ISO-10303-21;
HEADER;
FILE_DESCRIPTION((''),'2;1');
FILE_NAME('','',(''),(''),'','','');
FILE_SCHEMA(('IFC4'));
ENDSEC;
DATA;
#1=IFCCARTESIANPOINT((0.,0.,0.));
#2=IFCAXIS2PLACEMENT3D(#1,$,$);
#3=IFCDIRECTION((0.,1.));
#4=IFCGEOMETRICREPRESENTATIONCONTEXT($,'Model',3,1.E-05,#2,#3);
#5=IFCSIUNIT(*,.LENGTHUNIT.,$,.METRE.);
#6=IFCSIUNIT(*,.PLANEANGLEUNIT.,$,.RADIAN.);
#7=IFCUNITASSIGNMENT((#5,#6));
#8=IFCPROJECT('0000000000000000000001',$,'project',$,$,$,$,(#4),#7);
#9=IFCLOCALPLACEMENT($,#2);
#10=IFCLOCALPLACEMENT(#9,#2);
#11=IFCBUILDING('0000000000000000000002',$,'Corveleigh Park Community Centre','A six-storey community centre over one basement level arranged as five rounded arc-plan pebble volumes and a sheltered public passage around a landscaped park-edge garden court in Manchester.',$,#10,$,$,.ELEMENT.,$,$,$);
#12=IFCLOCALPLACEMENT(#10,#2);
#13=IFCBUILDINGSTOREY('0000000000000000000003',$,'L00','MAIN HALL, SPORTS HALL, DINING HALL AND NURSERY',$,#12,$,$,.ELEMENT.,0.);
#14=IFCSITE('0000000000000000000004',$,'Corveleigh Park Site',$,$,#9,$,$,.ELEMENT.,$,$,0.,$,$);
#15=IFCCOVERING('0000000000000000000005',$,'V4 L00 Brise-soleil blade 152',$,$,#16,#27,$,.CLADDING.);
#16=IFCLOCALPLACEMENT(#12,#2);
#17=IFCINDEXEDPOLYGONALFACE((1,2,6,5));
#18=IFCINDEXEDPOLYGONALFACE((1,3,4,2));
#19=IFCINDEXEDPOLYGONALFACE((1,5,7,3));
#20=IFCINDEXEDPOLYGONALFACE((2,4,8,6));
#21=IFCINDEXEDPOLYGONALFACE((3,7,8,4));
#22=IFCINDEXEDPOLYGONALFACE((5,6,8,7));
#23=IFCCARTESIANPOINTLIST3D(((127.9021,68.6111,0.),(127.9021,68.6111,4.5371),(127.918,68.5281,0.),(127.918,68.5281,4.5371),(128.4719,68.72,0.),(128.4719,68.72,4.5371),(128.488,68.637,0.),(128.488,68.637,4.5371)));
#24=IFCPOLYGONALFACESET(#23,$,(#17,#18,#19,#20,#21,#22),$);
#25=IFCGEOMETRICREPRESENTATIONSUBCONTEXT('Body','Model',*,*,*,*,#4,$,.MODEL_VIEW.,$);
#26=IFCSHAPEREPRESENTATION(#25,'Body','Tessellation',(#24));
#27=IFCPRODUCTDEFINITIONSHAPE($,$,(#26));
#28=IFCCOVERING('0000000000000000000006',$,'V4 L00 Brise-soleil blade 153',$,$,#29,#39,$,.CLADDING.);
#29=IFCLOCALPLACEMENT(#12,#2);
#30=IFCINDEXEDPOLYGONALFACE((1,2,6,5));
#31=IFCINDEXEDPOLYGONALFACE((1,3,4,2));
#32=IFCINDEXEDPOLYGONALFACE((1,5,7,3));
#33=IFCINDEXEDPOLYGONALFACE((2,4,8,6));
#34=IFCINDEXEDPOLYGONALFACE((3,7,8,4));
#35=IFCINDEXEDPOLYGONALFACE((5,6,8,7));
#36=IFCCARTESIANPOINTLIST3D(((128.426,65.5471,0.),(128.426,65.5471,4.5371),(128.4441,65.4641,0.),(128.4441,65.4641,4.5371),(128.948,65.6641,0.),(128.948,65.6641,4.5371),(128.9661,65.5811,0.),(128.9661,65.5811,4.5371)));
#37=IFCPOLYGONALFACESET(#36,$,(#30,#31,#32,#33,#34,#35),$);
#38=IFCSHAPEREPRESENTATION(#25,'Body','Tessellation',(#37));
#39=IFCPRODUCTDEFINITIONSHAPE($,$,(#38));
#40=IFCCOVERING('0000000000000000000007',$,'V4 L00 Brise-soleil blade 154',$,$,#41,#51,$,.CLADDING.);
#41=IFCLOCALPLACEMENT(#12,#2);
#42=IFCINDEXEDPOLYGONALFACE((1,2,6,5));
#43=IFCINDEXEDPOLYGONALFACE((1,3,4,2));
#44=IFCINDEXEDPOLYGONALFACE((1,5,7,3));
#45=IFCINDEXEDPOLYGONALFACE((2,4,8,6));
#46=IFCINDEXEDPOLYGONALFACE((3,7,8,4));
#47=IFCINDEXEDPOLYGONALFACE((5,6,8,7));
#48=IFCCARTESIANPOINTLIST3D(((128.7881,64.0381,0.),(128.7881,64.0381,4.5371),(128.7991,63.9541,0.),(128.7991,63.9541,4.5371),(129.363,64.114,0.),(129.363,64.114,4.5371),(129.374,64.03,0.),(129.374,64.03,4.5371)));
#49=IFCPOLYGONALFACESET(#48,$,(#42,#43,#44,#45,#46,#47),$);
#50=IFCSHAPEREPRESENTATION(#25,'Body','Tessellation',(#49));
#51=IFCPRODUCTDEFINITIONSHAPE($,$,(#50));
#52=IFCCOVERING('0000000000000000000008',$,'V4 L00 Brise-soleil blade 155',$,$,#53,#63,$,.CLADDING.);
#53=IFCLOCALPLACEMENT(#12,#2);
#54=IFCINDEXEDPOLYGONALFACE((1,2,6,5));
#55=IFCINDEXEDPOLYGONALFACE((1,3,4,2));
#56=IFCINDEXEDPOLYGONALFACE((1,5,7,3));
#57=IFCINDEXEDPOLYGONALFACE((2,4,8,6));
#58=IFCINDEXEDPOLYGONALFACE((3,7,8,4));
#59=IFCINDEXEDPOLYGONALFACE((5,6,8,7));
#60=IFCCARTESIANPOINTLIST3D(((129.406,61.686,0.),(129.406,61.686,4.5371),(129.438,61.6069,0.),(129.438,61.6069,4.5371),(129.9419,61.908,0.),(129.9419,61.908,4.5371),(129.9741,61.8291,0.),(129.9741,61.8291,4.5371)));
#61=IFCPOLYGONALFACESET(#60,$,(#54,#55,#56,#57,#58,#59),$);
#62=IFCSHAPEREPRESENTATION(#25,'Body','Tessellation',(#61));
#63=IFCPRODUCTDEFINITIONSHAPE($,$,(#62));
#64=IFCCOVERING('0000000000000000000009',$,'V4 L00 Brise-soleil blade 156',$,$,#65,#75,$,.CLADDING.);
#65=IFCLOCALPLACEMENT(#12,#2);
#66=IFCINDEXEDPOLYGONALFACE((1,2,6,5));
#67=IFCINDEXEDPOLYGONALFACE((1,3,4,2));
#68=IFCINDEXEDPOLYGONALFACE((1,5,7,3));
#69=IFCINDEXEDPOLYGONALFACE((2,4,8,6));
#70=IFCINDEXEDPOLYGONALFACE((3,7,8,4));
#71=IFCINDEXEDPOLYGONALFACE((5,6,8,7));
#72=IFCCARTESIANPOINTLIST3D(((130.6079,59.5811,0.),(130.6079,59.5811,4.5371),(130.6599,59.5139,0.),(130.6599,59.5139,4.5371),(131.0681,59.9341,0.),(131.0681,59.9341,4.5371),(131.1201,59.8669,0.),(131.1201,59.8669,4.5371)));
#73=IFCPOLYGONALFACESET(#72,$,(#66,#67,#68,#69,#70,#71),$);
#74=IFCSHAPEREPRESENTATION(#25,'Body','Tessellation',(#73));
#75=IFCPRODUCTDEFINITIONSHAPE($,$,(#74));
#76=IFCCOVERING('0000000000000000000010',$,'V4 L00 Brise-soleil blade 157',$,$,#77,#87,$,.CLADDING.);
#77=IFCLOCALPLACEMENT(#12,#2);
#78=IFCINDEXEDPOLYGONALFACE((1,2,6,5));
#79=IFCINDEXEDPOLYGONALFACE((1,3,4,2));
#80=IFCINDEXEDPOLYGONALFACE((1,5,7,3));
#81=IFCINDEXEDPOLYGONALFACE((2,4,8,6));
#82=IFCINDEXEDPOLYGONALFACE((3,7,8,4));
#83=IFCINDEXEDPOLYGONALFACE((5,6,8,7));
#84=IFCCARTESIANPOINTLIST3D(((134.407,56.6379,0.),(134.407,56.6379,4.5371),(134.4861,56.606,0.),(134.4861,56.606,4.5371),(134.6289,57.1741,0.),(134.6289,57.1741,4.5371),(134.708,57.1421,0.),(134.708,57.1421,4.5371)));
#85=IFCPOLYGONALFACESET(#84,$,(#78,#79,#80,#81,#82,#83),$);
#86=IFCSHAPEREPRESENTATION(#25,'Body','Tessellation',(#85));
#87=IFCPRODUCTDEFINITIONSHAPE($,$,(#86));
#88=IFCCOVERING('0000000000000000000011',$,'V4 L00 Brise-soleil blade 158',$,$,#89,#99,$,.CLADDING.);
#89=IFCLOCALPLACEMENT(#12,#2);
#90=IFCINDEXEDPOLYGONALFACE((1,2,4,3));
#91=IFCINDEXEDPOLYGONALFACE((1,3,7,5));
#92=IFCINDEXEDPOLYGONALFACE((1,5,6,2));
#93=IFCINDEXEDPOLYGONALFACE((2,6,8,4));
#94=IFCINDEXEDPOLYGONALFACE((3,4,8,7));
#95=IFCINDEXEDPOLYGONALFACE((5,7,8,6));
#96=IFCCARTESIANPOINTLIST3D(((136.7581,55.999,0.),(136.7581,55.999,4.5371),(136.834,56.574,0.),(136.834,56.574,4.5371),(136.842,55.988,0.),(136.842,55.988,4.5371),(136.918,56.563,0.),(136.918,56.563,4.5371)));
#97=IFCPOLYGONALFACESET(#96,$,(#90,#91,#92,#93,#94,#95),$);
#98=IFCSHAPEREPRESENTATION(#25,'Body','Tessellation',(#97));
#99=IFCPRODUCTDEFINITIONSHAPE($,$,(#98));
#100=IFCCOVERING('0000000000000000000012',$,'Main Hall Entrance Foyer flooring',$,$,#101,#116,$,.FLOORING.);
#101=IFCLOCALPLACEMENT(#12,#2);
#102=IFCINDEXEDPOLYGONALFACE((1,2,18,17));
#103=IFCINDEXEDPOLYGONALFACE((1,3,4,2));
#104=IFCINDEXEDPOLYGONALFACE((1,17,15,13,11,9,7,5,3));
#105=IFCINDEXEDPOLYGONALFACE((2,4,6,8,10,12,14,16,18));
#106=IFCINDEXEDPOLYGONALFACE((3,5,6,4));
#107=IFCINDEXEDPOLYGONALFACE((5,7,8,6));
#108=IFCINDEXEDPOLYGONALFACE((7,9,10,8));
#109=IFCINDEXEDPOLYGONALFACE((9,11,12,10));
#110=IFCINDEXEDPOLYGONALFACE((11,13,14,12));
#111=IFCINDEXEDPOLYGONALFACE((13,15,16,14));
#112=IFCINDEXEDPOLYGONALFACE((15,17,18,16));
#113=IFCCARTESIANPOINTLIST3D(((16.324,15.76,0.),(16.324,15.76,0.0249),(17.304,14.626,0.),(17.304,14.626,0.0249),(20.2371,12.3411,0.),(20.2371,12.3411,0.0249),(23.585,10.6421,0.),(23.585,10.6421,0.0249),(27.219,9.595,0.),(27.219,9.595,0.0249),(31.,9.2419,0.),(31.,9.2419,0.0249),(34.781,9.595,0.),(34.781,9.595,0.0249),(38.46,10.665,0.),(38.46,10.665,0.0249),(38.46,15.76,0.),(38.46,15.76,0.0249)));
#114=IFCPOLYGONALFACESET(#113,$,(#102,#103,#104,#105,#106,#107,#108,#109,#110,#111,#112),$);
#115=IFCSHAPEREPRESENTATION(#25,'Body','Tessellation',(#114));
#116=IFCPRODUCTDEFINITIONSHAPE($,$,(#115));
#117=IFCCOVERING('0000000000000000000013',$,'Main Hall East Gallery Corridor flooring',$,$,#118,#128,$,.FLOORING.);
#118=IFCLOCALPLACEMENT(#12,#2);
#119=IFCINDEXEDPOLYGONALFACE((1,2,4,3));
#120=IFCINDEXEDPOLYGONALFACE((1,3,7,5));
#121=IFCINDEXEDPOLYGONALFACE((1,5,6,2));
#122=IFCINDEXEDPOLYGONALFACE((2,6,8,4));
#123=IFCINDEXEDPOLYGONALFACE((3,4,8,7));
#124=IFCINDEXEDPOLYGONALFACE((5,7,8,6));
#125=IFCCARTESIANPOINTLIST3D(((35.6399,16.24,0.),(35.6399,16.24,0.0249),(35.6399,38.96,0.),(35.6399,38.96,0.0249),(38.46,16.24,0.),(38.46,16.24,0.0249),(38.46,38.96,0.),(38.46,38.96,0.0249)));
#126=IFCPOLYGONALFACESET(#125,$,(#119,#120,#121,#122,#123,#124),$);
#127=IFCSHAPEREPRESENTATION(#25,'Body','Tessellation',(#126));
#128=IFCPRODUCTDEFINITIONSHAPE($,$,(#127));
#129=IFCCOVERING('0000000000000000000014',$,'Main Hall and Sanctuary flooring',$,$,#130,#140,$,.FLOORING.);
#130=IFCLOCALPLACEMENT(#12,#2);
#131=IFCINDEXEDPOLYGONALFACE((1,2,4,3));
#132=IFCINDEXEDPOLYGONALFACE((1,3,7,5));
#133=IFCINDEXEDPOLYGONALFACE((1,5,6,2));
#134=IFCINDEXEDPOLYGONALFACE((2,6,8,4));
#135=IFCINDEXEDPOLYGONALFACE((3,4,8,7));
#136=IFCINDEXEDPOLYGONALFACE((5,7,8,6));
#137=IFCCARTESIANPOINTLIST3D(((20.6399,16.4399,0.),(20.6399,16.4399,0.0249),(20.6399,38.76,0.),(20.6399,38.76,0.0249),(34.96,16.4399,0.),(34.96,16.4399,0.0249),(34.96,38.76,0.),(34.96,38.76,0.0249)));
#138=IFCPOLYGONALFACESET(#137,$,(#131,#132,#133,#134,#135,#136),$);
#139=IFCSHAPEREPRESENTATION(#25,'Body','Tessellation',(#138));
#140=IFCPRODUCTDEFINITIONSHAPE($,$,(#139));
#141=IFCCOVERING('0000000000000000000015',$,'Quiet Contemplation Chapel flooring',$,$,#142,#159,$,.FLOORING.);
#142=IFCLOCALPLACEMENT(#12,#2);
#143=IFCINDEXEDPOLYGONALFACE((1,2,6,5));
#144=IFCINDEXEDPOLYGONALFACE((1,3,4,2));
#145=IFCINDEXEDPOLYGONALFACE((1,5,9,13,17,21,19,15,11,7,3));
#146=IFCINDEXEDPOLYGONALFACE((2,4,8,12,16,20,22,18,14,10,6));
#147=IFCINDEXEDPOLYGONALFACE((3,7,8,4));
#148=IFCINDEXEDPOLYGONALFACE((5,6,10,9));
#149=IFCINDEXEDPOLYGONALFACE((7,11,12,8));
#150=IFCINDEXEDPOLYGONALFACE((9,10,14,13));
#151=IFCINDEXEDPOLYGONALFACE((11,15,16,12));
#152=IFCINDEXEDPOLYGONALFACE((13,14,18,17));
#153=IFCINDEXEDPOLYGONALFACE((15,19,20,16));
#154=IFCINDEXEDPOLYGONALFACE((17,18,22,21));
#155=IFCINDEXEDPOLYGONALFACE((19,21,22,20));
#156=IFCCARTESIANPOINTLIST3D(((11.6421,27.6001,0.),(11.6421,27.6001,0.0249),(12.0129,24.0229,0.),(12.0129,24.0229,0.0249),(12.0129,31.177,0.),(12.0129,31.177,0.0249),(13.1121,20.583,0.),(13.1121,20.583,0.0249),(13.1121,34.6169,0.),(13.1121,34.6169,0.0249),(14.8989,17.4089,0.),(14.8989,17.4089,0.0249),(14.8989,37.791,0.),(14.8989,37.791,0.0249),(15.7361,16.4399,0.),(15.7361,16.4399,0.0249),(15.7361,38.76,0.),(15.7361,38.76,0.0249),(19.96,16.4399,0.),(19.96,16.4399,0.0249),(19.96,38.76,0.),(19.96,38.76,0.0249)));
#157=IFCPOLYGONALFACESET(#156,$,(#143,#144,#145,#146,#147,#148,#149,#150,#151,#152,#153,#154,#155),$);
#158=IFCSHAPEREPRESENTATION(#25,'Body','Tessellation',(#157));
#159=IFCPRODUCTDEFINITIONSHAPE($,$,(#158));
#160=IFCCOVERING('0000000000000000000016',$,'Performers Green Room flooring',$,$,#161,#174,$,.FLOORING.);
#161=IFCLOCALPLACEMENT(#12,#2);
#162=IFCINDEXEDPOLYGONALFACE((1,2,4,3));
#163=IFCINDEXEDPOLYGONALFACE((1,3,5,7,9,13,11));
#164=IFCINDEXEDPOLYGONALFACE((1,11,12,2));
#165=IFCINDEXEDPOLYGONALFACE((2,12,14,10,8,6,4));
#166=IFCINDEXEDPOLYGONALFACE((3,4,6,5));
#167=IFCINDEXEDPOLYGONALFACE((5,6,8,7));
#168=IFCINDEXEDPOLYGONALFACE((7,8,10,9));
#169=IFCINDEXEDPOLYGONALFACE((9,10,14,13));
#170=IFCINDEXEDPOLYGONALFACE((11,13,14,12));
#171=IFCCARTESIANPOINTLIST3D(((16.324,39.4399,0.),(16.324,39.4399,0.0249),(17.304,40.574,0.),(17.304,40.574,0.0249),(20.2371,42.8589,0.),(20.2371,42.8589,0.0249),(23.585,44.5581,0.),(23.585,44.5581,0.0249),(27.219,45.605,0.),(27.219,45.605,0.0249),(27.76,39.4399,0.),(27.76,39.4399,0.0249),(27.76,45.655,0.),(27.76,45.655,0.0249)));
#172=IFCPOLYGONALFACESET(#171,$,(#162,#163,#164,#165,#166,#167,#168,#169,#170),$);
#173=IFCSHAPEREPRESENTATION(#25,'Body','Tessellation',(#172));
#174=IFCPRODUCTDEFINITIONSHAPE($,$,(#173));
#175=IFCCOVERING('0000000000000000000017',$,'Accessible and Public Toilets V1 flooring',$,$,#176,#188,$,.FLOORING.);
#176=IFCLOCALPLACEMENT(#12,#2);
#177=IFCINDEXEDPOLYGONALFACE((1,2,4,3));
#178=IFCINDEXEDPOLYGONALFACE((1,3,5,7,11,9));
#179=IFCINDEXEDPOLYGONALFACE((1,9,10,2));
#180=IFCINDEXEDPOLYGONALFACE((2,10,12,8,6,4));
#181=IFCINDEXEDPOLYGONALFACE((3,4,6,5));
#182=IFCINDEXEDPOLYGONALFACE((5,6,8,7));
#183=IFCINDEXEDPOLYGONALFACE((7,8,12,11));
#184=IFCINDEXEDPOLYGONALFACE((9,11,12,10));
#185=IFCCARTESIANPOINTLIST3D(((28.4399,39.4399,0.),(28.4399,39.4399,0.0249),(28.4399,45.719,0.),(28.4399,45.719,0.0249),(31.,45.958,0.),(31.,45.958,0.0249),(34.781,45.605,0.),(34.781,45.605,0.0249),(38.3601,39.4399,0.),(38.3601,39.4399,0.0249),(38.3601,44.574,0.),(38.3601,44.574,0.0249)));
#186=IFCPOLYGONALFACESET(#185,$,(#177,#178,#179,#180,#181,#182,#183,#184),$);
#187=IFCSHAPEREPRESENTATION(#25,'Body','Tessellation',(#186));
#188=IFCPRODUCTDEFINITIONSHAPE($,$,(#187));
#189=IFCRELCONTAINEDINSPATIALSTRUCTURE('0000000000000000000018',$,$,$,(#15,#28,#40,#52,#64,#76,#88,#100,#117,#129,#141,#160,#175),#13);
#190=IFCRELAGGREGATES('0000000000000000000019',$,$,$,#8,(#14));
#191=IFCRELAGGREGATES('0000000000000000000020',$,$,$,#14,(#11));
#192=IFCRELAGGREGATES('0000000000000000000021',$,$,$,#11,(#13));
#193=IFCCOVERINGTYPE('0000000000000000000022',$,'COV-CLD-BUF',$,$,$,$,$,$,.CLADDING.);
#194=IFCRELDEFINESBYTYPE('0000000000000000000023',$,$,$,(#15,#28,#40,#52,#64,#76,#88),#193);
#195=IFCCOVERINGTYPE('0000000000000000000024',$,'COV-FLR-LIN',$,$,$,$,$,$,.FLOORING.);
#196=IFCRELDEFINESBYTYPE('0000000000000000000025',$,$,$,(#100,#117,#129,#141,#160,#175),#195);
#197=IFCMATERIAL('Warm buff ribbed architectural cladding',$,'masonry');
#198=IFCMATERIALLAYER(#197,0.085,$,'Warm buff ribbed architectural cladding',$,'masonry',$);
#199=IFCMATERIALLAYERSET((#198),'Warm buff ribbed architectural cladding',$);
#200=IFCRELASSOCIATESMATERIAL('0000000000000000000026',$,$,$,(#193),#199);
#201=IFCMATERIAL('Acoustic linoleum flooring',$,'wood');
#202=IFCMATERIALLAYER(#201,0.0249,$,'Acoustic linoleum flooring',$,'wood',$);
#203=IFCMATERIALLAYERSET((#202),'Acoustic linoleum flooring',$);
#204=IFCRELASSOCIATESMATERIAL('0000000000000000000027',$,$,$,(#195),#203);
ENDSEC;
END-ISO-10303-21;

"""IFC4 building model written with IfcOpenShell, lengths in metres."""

from ifc_helpers import new_model, si_unit, direction, origin, place, context, subcontext, project, spatial, polyline, outline, extrude, material, layer, layer_set, type_object, element, save


model = new_model("IFC4")

# Units and contexts
model_context = context("Model", 3, precision=1e-05, world=origin(), true_north=direction((0.0, 1.0)))
body_context = subcontext(model_context, "Body", "Model", "MODEL_VIEW")
ifc_project = project(units=[si_unit("LENGTHUNIT", "METRE"), si_unit("PLANEANGLEUNIT", "RADIAN")], contexts=[model_context])

# Site, building, storey
site_placement = place(None, origin())
site = spatial("IfcSite", under=ifc_project, at=site_placement, Name="Corveleigh Park Site", CompositionType="ELEMENT", RefElevation=0.0)
building_placement = place(site_placement, origin())
building = spatial("IfcBuilding", under=site, at=building_placement, Name="Corveleigh Park Community Centre", Description="A six-storey community centre over one basement level arranged as five rounded arc-plan pebble volumes and a sheltered public passage around a landscaped park-edge garden court in Manchester.", CompositionType="ELEMENT")
storey_placement = place(building_placement, origin())
storey = spatial("IfcBuildingStorey", under=building, at=storey_placement, Name="L00", Description="MAIN HALL, SPORTS HALL, DINING HALL AND NURSERY", CompositionType="ELEMENT", Elevation=0.0)

# Coverings
ifc_material_1 = material(Name="Warm buff ribbed architectural cladding", Category="masonry")
ifc_layer_1 = layer(ifc_material_1, 0.085, Name="Warm buff ribbed architectural cladding", Category="masonry")
ifc_layer_set_1 = layer_set([ifc_layer_1], Name="Warm buff ribbed architectural cladding")
covering_type_1 = type_object("IfcCoveringType", Name="COV-CLD-BUF", PredefinedType="CLADDING", material=ifc_layer_set_1)
covering_1_placement = place(storey_placement, origin())
element("IfcCovering", 1, at=covering_1_placement, inside=storey, type_object=covering_type_1, Name="V4 L00 Brise-soleil blade 152", PredefinedType="CLADDING", context=body_context, shape_type="SweptSolid", body=[
    extrude(outline(polyline([(128.488, 68.637), (128.4719, 68.72), (127.9021, 68.6111), (127.918, 68.5281), (128.488, 68.637)])), origin(), (0.0, 0.0, 1.0), 4.5371),
])
covering_2_placement = place(storey_placement, origin())
element("IfcCovering", 2, at=covering_2_placement, inside=storey, type_object=covering_type_1, Name="V4 L00 Brise-soleil blade 153", PredefinedType="CLADDING", context=body_context, shape_type="SweptSolid", body=[
    extrude(outline(polyline([(128.9661, 65.5811), (128.948, 65.6641), (128.426, 65.5471), (128.4441, 65.4641), (128.9661, 65.5811)])), origin(), (0.0, 0.0, 1.0), 4.5371),
])
covering_3_placement = place(storey_placement, origin())
element("IfcCovering", 3, at=covering_3_placement, inside=storey, type_object=covering_type_1, Name="V4 L00 Brise-soleil blade 154", PredefinedType="CLADDING", context=body_context, shape_type="SweptSolid", body=[
    extrude(outline(polyline([(129.374, 64.03), (129.363, 64.114), (128.7881, 64.0381), (128.7991, 63.9541), (129.374, 64.03)])), origin(), (0.0, 0.0, 1.0), 4.5371),
])
covering_4_placement = place(storey_placement, origin())
element("IfcCovering", 4, at=covering_4_placement, inside=storey, type_object=covering_type_1, Name="V4 L00 Brise-soleil blade 155", PredefinedType="CLADDING", context=body_context, shape_type="SweptSolid", body=[
    extrude(outline(polyline([(129.9741, 61.8291), (129.9419, 61.908), (129.406, 61.686), (129.438, 61.6069), (129.9741, 61.8291)])), origin(), (0.0, 0.0, 1.0), 4.5371),
])
covering_5_placement = place(storey_placement, origin())
element("IfcCovering", 5, at=covering_5_placement, inside=storey, type_object=covering_type_1, Name="V4 L00 Brise-soleil blade 156", PredefinedType="CLADDING", context=body_context, shape_type="SweptSolid", body=[
    extrude(outline(polyline([(131.1201, 59.8669), (131.0681, 59.9341), (130.6079, 59.5811), (130.6599, 59.5139), (131.1201, 59.8669)])), origin(), (0.0, 0.0, 1.0), 4.5371),
])
covering_6_placement = place(storey_placement, origin())
element("IfcCovering", 6, at=covering_6_placement, inside=storey, type_object=covering_type_1, Name="V4 L00 Brise-soleil blade 157", PredefinedType="CLADDING", context=body_context, shape_type="SweptSolid", body=[
    extrude(outline(polyline([(134.708, 57.1421), (134.6289, 57.1741), (134.407, 56.6379), (134.4861, 56.606), (134.708, 57.1421)])), origin(), (0.0, 0.0, 1.0), 4.5371),
])
covering_7_placement = place(storey_placement, origin())
element("IfcCovering", 7, at=covering_7_placement, inside=storey, type_object=covering_type_1, Name="V4 L00 Brise-soleil blade 158", PredefinedType="CLADDING", context=body_context, shape_type="SweptSolid", body=[
    extrude(outline(polyline([(136.918, 56.563), (136.834, 56.574), (136.7581, 55.999), (136.842, 55.988), (136.918, 56.563)])), origin(), (0.0, 0.0, 1.0), 4.5371),
])
ifc_material_2 = material(Name="Acoustic linoleum flooring", Category="wood")
ifc_layer_2 = layer(ifc_material_2, 0.0249, Name="Acoustic linoleum flooring", Category="wood")
ifc_layer_set_2 = layer_set([ifc_layer_2], Name="Acoustic linoleum flooring")
covering_type_2 = type_object("IfcCoveringType", Name="COV-FLR-LIN", PredefinedType="FLOORING", material=ifc_layer_set_2)
covering_8_placement = place(storey_placement, origin())
element("IfcCovering", 8, at=covering_8_placement, inside=storey, type_object=covering_type_2, Name="Main Hall Entrance Foyer flooring", PredefinedType="FLOORING", context=body_context, shape_type="SweptSolid", body=[
    extrude(outline(polyline([(31.0, 9.2419), (27.219, 9.595), (23.585, 10.6421), (20.2371, 12.3411), (17.304, 14.626), (16.324, 15.76), (38.46, 15.76), (38.46, 10.665), (34.781, 9.595), (31.0, 9.2419)])), origin(), (0.0, 0.0, 1.0), 0.0249),
])
covering_9_placement = place(storey_placement, origin())
element("IfcCovering", 9, at=covering_9_placement, inside=storey, type_object=covering_type_2, Name="Main Hall East Gallery Corridor flooring", PredefinedType="FLOORING", context=body_context, shape_type="SweptSolid", body=[
    extrude(outline(polyline([(38.46, 16.24), (35.6399, 16.24), (35.6399, 38.96), (38.46, 38.96), (38.46, 16.24)])), origin(), (0.0, 0.0, 1.0), 0.0249),
])
covering_10_placement = place(storey_placement, origin())
element("IfcCovering", 10, at=covering_10_placement, inside=storey, type_object=covering_type_2, Name="Main Hall and Sanctuary flooring", PredefinedType="FLOORING", context=body_context, shape_type="SweptSolid", body=[
    extrude(outline(polyline([(34.96, 16.4399), (20.6399, 16.4399), (20.6399, 38.76), (34.96, 38.76), (34.96, 16.4399)])), origin(), (0.0, 0.0, 1.0), 0.0249),
])
covering_11_placement = place(storey_placement, origin())
element("IfcCovering", 11, at=covering_11_placement, inside=storey, type_object=covering_type_2, Name="Quiet Contemplation Chapel flooring", PredefinedType="FLOORING", context=body_context, shape_type="SweptSolid", body=[
    extrude(outline(polyline([(14.8989, 17.4089), (13.1121, 20.583), (12.0129, 24.0229), (11.6421, 27.6001), (12.0129, 31.177), (13.1121, 34.6169), (14.8989, 37.791), (15.7361, 38.76), (19.96, 38.76), (19.96, 16.4399), (15.7361, 16.4399), (14.8989, 17.4089)])), origin(), (0.0, 0.0, 1.0), 0.0249),
])
covering_12_placement = place(storey_placement, origin())
element("IfcCovering", 12, at=covering_12_placement, inside=storey, type_object=covering_type_2, Name="Performers Green Room flooring", PredefinedType="FLOORING", context=body_context, shape_type="SweptSolid", body=[
    extrude(outline(polyline([(27.76, 39.4399), (16.324, 39.4399), (17.304, 40.574), (20.2371, 42.8589), (23.585, 44.5581), (27.219, 45.605), (27.76, 45.655), (27.76, 39.4399)])), origin(), (0.0, 0.0, 1.0), 0.0249),
])
covering_13_placement = place(storey_placement, origin())
element("IfcCovering", 13, at=covering_13_placement, inside=storey, type_object=covering_type_2, Name="Accessible and Public Toilets V1 flooring", PredefinedType="FLOORING", context=body_context, shape_type="SweptSolid", body=[
    extrude(outline(polyline([(28.4399, 45.719), (31.0, 45.958), (34.781, 45.605), (38.3601, 44.574), (38.3601, 39.4399), (28.4399, 39.4399), (28.4399, 45.719)])), origin(), (0.0, 0.0, 1.0), 0.0249),
])

save(model, "model.ifc")
